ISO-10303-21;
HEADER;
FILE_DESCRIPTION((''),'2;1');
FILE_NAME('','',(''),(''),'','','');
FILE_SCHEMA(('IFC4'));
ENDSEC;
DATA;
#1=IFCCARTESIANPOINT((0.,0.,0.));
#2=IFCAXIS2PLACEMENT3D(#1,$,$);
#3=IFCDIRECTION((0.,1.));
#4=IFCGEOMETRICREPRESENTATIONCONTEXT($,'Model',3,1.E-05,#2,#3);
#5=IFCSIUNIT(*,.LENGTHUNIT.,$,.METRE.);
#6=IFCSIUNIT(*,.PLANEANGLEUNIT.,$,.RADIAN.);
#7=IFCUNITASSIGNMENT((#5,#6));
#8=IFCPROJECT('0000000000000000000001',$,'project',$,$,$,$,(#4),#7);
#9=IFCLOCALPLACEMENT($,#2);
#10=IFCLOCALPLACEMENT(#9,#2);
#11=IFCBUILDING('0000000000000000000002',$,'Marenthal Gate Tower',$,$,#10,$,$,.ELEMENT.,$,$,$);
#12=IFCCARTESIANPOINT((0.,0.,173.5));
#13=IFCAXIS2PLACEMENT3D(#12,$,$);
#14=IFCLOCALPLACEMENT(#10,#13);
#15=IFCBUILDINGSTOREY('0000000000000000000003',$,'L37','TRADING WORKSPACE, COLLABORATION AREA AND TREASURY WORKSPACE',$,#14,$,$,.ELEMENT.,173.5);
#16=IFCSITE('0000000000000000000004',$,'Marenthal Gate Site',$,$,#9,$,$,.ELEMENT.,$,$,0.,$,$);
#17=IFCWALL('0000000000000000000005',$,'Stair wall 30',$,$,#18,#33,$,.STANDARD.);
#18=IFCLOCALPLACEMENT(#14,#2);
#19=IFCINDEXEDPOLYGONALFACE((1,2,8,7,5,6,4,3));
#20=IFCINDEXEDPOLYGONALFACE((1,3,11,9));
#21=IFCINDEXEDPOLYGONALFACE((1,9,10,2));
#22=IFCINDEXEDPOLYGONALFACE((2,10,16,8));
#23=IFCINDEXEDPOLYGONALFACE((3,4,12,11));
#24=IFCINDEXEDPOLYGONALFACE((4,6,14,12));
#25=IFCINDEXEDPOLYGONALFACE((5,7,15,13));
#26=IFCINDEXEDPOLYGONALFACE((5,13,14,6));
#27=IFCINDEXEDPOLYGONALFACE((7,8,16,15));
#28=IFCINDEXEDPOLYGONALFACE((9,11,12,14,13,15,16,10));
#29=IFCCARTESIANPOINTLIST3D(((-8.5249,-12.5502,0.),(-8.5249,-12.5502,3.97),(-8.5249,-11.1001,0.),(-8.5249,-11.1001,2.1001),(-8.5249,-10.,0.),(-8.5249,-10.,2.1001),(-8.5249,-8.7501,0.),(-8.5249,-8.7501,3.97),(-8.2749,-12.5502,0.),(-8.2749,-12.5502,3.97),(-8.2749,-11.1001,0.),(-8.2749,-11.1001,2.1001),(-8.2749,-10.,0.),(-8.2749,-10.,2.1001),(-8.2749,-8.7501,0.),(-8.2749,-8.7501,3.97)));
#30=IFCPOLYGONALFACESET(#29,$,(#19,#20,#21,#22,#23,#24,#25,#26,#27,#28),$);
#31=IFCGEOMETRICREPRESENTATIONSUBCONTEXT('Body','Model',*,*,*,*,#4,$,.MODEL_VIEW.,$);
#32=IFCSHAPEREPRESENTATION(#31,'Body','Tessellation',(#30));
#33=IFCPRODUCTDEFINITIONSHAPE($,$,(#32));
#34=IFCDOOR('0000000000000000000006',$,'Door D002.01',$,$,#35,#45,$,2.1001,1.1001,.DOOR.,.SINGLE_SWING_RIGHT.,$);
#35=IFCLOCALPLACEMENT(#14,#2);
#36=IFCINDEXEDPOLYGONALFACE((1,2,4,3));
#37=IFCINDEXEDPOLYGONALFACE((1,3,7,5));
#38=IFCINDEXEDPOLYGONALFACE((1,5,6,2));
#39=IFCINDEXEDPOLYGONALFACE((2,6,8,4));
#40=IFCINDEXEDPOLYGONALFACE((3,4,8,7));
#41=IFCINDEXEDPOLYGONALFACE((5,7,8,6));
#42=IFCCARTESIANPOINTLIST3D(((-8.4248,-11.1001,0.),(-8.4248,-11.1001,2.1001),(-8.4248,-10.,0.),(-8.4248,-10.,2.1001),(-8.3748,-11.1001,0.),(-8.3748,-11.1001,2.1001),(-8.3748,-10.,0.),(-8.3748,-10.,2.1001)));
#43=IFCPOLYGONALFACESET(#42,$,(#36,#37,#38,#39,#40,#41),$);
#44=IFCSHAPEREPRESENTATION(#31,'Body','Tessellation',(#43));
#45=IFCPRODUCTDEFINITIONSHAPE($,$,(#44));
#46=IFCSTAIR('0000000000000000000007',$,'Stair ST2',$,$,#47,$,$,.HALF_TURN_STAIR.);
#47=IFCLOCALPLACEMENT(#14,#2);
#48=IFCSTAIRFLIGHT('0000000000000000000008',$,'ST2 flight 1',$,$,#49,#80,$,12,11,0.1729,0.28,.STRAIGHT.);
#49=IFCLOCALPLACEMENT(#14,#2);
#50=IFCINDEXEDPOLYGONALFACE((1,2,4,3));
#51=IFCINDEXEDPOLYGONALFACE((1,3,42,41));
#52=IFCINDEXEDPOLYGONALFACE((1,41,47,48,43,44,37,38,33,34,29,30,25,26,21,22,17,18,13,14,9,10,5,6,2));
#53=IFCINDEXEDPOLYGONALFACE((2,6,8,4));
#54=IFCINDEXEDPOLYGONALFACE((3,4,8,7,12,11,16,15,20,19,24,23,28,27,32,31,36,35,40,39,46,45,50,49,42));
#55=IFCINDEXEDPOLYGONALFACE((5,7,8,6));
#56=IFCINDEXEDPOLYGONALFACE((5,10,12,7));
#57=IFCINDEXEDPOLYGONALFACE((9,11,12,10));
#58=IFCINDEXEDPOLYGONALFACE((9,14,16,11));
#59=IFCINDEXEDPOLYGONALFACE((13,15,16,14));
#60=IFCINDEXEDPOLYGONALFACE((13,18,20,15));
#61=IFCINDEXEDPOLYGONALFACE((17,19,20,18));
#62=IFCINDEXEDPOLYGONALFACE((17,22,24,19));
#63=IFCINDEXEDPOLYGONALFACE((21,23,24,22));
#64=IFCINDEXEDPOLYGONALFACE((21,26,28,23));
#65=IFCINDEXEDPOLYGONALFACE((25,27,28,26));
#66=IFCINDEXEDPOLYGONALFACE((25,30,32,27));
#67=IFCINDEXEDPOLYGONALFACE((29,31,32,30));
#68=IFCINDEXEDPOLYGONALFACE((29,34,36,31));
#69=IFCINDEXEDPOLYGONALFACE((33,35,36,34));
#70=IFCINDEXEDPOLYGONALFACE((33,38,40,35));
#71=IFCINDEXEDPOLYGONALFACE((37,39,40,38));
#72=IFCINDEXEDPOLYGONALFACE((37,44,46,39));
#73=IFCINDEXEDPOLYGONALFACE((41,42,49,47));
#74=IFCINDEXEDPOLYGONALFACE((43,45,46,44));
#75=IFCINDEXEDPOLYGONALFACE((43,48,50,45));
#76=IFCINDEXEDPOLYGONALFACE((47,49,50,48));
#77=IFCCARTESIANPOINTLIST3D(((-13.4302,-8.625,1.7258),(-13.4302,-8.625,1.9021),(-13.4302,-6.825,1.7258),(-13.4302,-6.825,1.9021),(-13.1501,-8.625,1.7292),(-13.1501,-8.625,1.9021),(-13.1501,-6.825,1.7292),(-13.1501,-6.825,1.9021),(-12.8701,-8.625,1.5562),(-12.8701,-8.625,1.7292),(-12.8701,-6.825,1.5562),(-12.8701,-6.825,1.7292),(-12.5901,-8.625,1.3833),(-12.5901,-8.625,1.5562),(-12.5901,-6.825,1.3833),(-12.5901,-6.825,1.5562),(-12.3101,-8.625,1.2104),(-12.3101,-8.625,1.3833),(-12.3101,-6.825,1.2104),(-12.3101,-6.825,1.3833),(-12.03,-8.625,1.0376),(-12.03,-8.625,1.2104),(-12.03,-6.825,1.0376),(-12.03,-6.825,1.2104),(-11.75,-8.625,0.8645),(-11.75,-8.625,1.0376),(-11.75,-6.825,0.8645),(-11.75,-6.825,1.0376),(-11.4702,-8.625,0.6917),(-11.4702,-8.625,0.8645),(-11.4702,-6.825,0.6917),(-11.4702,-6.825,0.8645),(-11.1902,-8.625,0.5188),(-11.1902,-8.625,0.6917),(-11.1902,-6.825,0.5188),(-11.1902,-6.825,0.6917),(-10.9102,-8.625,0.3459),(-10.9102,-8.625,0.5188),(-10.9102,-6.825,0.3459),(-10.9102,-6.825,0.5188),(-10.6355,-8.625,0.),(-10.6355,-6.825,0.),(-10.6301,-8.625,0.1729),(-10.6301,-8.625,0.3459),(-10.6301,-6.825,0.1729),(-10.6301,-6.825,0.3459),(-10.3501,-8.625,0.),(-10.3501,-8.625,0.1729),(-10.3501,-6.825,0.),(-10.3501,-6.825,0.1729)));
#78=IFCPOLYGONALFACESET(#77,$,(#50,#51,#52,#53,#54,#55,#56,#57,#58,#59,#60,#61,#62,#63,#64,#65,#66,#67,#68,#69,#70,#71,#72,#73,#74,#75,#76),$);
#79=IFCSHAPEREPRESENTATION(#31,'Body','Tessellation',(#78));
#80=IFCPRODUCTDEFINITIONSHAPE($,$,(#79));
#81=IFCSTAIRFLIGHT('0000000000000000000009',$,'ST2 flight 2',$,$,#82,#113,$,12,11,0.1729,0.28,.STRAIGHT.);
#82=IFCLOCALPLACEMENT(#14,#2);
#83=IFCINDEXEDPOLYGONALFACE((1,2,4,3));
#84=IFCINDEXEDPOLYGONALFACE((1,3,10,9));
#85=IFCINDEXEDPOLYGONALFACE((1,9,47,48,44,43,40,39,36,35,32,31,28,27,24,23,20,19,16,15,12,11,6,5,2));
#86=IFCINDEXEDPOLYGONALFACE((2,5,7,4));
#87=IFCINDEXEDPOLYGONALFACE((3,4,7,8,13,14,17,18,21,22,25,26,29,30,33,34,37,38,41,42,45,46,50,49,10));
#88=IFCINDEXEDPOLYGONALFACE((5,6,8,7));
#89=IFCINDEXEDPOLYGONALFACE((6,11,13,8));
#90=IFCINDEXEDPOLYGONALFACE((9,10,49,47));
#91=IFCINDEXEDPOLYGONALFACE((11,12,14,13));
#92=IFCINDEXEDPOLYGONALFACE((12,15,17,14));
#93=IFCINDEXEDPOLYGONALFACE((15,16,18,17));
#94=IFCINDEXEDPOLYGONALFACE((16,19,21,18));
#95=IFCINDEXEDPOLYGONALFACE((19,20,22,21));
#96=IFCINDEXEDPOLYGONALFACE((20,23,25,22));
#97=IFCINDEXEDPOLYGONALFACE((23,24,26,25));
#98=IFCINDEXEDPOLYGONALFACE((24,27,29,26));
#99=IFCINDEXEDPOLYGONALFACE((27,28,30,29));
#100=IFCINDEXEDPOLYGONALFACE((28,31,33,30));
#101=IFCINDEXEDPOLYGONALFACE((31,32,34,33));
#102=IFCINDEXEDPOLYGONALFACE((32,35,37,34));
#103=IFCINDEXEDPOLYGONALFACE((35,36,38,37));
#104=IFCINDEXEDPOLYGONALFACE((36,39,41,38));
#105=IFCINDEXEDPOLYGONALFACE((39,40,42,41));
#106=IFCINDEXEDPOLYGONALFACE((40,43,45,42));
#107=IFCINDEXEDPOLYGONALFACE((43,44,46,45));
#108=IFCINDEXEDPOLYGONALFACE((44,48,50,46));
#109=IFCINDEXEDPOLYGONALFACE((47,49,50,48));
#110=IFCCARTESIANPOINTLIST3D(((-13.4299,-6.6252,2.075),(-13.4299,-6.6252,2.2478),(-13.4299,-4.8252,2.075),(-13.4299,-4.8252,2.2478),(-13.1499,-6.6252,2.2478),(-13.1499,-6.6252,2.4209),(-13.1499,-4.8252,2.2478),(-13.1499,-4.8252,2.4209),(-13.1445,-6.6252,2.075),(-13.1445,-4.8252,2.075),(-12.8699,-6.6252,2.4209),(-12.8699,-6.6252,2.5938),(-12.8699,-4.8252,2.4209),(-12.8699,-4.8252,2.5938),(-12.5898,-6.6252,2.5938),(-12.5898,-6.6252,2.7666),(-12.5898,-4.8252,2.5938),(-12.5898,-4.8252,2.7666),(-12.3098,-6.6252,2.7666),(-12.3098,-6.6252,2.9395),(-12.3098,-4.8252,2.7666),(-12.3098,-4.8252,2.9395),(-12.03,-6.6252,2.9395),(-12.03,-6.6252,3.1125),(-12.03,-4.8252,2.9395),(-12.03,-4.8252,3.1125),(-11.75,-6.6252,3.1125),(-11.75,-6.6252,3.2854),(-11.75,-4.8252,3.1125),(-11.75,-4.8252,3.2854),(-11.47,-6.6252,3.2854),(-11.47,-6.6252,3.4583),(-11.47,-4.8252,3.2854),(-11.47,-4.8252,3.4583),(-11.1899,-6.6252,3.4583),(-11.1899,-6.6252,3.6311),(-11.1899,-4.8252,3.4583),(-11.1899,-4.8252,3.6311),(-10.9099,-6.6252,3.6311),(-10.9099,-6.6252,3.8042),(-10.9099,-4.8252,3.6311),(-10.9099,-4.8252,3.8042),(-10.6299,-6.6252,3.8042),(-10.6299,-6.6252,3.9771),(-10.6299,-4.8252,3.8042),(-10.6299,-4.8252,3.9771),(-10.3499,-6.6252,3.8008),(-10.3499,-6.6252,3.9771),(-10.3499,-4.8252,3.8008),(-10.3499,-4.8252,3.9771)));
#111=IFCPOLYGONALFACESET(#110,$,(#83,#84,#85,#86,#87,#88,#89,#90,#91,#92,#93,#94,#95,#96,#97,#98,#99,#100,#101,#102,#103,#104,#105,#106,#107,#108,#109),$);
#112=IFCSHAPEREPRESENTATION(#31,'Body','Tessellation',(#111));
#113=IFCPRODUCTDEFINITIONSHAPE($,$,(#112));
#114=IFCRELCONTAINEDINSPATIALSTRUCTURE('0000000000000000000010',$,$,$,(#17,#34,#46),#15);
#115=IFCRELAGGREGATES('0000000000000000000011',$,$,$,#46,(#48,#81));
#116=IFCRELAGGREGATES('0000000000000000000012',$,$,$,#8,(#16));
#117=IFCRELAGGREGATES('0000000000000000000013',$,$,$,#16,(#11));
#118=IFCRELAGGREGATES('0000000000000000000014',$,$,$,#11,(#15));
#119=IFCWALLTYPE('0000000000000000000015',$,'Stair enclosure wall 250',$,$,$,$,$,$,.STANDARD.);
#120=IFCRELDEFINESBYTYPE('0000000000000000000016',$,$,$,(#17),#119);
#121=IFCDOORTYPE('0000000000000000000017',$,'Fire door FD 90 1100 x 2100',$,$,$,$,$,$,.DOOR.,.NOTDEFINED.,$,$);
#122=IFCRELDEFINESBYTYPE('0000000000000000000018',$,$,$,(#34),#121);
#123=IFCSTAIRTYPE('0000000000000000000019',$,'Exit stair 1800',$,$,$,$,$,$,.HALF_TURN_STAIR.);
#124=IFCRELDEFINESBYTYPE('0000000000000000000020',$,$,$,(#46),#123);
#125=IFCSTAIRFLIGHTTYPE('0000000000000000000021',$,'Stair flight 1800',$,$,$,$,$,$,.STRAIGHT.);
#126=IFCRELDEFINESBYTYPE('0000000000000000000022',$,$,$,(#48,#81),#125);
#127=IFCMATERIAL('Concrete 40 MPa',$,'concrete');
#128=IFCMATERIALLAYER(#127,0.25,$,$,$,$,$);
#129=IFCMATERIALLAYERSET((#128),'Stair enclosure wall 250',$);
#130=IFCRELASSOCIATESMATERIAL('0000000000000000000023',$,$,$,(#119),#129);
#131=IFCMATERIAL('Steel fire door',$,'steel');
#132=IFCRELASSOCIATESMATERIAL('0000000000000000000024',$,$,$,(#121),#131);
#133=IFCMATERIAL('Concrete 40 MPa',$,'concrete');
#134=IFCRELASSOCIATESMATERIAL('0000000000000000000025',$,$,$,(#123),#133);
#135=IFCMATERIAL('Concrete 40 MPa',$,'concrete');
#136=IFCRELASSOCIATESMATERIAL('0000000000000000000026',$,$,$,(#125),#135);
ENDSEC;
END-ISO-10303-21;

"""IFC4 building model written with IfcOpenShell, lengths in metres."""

from ifc_helpers import new_model, si_unit, direction, frame, frame_2d, origin, place, context, subcontext, project, spatial, polyline, rectangle, outline, extrude, material, layer, layer_set, type_object, element, fill, aggregate, save


model = new_model("IFC4")

# Units and contexts
model_context = context("Model", 3, precision=1e-05, world=origin(), true_north=direction((0.0, 1.0)))
body_context = subcontext(model_context, "Body", "Model", "MODEL_VIEW")
ifc_project = project(units=[si_unit("LENGTHUNIT", "METRE"), si_unit("PLANEANGLEUNIT", "RADIAN")], contexts=[model_context])

# Site, building, storey
site_placement = place(None, origin())
site = spatial("IfcSite", under=ifc_project, at=site_placement, Name="Marenthal Gate Site", CompositionType="ELEMENT", RefElevation=0.0)
building_placement = place(site_placement, origin())
building = spatial("IfcBuilding", under=site, at=building_placement, Name="Marenthal Gate Tower", CompositionType="ELEMENT")
storey_placement = place(building_placement, frame((0.0, 0.0, 173.5)))
storey = spatial("IfcBuildingStorey", under=building, at=storey_placement, Name="L37", Description="TRADING WORKSPACE, COLLABORATION AREA AND TREASURY WORKSPACE", CompositionType="ELEMENT", Elevation=173.5)

# Shared definitions
ifc_material_1 = material(Name="Concrete 40 MPa", Category="concrete")
ifc_layer_1 = layer(ifc_material_1, 0.25)
ifc_layer_set_1 = layer_set([ifc_layer_1], Name="Stair enclosure wall 250")
wall_type_1 = type_object("IfcWallType", Name="Stair enclosure wall 250", PredefinedType="STANDARD", material=ifc_layer_set_1)

# Wall, opening, door
wall_1_placement = place(storey_placement, frame((-8.3999, -12.55, 0.0), z_axis=(0.0, 0.0, 1.0), x_axis=(0.0, 1.0, 0.0)))
wall_1 = element("IfcWall", 1, at=wall_1_placement, inside=storey, type_object=wall_type_1, Name="Stair wall 30", PredefinedType="STANDARD", context=body_context, shape_type="SweptSolid", body=[
    extrude(rectangle(XDim=3.8, YDim=0.25, at=frame_2d((1.8999, 0.0))), origin(), (0.0, 0.0, 1.0), 3.97),
])
opening_1_placement = place(wall_1_placement, frame((1.45, 0.0, 0.0)))
opening_1 = element("IfcOpeningElement", 2, at=opening_1_placement, cuts=wall_1, PredefinedType="OPENING", context=body_context, shape_type="SweptSolid", body=[
    extrude(rectangle(XDim=1.1001, YDim=2.1001, at=frame_2d((0.55, 1.05))), frame((0.0, 0.135, 0.0), z_axis=(0.0, -1.0, 0.0), x_axis=(1.0, 0.0, 0.0)), (0.0, 0.0, 1.0), 0.27),
])
ifc_material_2 = material(Name="Steel fire door", Category="steel")
door_type_1 = type_object("IfcDoorType", Name="Fire door FD 90 1100 x 2100", OperationType="NOTDEFINED", PredefinedType="DOOR", material=ifc_material_2)
door_1_placement = place(opening_1_placement, origin())
door_1 = element("IfcDoor", 3, at=door_1_placement, inside=storey, type_object=door_type_1, Name="Door D002.01", OperationType="SINGLE_SWING_RIGHT", OverallHeight=2.1001, OverallWidth=1.1001, PredefinedType="DOOR", context=body_context, shape_type="SweptSolid", body=[
    extrude(rectangle(XDim=1.1001, YDim=2.1001, at=frame_2d((0.55, 1.05))), frame((0.0, 0.0249, 0.0), z_axis=(0.0, -1.0, 0.0), x_axis=(1.0, 0.0, 0.0)), (0.0, 0.0, 1.0), 0.05),
])
fill(opening_1, door_1)

# Stair, stair flights
ifc_material_3 = material(Name="Concrete 40 MPa", Category="concrete")
stair_type = type_object("IfcStairType", Name="Exit stair 1800", PredefinedType="HALF_TURN_STAIR", material=ifc_material_3)
stair_placement = place(storey_placement, origin())
stair = element("IfcStair", 4, at=stair_placement, inside=storey, type_object=stair_type, Name="Stair ST2", PredefinedType="HALF_TURN_STAIR")
ifc_material_4 = material(Name="Concrete 40 MPa", Category="concrete")
stair_flight_type = type_object("IfcStairFlightType", Name="Stair flight 1800", PredefinedType="STRAIGHT", material=ifc_material_4)
stair_flight_1_placement = place(storey_placement, frame((-10.3501, -7.7251, 0.0), z_axis=(0.0, 0.0, 1.0), x_axis=(-1.0, 0.0, 0.0)))
stair_flight_1 = element("IfcStairFlight", 5, at=stair_flight_1_placement, type_object=stair_flight_type, Name="ST2 flight 1", NumberOfRisers=12, NumberOfTreads=11, PredefinedType="STRAIGHT", RiserHeight=0.1729, TreadLength=0.28, context=body_context, shape_type="SweptSolid", body=[
    extrude(outline(polyline([(0.0, 0.0), (0.0, 0.1729), (0.28, 0.1729), (0.28, 0.3459), (0.5601, 0.3459), (0.5601, 0.5188), (0.8401, 0.5188), (0.8401, 0.6917), (1.1201, 0.6917), (1.1201, 0.8645), (1.3999, 0.8645), (1.3999, 1.0376), (1.6799, 1.0376), (1.6799, 1.2104), (1.96, 1.2104), (1.96, 1.3833), (2.24, 1.3833), (2.24, 1.5562), (2.52, 1.5562), (2.52, 1.7292), (2.8, 1.7292), (2.8, 1.9021), (3.0801, 1.9021), (3.0801, 2.075), (3.0801, 1.7258), (0.2854, 0.0), (0.0, 0.0)])), frame((0.0, 0.8999, 0.0), z_axis=(0.0, -1.0, 0.0), x_axis=(1.0, 0.0, 0.0)), (0.0, 0.0, 1.0), 1.8),
])
stair_flight_2_placement = place(storey_placement, frame((-13.4299, -5.7251, 2.075), z_axis=(0.0, 0.0, 1.0), x_axis=(1.0, 0.0, 0.0)))
stair_flight_2 = element("IfcStairFlight", 6, at=stair_flight_2_placement, type_object=stair_flight_type, Name="ST2 flight 2", NumberOfRisers=12, NumberOfTreads=11, PredefinedType="STRAIGHT", RiserHeight=0.1729, TreadLength=0.28, context=body_context, shape_type="SweptSolid", body=[
    extrude(outline(polyline([(0.0, 0.0), (0.0, 0.1729), (0.28, 0.1729), (0.28, 0.3459), (0.5601, 0.3459), (0.5601, 0.5188), (0.8401, 0.5188), (0.8401, 0.6917), (1.1201, 0.6917), (1.1201, 0.8645), (1.3999, 0.8645), (1.3999, 1.0376), (1.6799, 1.0376), (1.6799, 1.2104), (1.96, 1.2104), (1.96, 1.3833), (2.24, 1.3833), (2.24, 1.5562), (2.52, 1.5562), (2.52, 1.7292), (2.8, 1.7292), (2.8, 1.9021), (3.0801, 1.9021), (3.0801, 2.075), (3.0801, 1.7258), (0.2854, 0.0), (0.0, 0.0)])), frame((0.0, 0.8999, 0.0), z_axis=(0.0, -1.0, 0.0), x_axis=(1.0, 0.0, 0.0)), (0.0, 0.0, 1.0), 1.8),
])
aggregate(stair, [stair_flight_1, stair_flight_2])

save(model, "model.ifc")
